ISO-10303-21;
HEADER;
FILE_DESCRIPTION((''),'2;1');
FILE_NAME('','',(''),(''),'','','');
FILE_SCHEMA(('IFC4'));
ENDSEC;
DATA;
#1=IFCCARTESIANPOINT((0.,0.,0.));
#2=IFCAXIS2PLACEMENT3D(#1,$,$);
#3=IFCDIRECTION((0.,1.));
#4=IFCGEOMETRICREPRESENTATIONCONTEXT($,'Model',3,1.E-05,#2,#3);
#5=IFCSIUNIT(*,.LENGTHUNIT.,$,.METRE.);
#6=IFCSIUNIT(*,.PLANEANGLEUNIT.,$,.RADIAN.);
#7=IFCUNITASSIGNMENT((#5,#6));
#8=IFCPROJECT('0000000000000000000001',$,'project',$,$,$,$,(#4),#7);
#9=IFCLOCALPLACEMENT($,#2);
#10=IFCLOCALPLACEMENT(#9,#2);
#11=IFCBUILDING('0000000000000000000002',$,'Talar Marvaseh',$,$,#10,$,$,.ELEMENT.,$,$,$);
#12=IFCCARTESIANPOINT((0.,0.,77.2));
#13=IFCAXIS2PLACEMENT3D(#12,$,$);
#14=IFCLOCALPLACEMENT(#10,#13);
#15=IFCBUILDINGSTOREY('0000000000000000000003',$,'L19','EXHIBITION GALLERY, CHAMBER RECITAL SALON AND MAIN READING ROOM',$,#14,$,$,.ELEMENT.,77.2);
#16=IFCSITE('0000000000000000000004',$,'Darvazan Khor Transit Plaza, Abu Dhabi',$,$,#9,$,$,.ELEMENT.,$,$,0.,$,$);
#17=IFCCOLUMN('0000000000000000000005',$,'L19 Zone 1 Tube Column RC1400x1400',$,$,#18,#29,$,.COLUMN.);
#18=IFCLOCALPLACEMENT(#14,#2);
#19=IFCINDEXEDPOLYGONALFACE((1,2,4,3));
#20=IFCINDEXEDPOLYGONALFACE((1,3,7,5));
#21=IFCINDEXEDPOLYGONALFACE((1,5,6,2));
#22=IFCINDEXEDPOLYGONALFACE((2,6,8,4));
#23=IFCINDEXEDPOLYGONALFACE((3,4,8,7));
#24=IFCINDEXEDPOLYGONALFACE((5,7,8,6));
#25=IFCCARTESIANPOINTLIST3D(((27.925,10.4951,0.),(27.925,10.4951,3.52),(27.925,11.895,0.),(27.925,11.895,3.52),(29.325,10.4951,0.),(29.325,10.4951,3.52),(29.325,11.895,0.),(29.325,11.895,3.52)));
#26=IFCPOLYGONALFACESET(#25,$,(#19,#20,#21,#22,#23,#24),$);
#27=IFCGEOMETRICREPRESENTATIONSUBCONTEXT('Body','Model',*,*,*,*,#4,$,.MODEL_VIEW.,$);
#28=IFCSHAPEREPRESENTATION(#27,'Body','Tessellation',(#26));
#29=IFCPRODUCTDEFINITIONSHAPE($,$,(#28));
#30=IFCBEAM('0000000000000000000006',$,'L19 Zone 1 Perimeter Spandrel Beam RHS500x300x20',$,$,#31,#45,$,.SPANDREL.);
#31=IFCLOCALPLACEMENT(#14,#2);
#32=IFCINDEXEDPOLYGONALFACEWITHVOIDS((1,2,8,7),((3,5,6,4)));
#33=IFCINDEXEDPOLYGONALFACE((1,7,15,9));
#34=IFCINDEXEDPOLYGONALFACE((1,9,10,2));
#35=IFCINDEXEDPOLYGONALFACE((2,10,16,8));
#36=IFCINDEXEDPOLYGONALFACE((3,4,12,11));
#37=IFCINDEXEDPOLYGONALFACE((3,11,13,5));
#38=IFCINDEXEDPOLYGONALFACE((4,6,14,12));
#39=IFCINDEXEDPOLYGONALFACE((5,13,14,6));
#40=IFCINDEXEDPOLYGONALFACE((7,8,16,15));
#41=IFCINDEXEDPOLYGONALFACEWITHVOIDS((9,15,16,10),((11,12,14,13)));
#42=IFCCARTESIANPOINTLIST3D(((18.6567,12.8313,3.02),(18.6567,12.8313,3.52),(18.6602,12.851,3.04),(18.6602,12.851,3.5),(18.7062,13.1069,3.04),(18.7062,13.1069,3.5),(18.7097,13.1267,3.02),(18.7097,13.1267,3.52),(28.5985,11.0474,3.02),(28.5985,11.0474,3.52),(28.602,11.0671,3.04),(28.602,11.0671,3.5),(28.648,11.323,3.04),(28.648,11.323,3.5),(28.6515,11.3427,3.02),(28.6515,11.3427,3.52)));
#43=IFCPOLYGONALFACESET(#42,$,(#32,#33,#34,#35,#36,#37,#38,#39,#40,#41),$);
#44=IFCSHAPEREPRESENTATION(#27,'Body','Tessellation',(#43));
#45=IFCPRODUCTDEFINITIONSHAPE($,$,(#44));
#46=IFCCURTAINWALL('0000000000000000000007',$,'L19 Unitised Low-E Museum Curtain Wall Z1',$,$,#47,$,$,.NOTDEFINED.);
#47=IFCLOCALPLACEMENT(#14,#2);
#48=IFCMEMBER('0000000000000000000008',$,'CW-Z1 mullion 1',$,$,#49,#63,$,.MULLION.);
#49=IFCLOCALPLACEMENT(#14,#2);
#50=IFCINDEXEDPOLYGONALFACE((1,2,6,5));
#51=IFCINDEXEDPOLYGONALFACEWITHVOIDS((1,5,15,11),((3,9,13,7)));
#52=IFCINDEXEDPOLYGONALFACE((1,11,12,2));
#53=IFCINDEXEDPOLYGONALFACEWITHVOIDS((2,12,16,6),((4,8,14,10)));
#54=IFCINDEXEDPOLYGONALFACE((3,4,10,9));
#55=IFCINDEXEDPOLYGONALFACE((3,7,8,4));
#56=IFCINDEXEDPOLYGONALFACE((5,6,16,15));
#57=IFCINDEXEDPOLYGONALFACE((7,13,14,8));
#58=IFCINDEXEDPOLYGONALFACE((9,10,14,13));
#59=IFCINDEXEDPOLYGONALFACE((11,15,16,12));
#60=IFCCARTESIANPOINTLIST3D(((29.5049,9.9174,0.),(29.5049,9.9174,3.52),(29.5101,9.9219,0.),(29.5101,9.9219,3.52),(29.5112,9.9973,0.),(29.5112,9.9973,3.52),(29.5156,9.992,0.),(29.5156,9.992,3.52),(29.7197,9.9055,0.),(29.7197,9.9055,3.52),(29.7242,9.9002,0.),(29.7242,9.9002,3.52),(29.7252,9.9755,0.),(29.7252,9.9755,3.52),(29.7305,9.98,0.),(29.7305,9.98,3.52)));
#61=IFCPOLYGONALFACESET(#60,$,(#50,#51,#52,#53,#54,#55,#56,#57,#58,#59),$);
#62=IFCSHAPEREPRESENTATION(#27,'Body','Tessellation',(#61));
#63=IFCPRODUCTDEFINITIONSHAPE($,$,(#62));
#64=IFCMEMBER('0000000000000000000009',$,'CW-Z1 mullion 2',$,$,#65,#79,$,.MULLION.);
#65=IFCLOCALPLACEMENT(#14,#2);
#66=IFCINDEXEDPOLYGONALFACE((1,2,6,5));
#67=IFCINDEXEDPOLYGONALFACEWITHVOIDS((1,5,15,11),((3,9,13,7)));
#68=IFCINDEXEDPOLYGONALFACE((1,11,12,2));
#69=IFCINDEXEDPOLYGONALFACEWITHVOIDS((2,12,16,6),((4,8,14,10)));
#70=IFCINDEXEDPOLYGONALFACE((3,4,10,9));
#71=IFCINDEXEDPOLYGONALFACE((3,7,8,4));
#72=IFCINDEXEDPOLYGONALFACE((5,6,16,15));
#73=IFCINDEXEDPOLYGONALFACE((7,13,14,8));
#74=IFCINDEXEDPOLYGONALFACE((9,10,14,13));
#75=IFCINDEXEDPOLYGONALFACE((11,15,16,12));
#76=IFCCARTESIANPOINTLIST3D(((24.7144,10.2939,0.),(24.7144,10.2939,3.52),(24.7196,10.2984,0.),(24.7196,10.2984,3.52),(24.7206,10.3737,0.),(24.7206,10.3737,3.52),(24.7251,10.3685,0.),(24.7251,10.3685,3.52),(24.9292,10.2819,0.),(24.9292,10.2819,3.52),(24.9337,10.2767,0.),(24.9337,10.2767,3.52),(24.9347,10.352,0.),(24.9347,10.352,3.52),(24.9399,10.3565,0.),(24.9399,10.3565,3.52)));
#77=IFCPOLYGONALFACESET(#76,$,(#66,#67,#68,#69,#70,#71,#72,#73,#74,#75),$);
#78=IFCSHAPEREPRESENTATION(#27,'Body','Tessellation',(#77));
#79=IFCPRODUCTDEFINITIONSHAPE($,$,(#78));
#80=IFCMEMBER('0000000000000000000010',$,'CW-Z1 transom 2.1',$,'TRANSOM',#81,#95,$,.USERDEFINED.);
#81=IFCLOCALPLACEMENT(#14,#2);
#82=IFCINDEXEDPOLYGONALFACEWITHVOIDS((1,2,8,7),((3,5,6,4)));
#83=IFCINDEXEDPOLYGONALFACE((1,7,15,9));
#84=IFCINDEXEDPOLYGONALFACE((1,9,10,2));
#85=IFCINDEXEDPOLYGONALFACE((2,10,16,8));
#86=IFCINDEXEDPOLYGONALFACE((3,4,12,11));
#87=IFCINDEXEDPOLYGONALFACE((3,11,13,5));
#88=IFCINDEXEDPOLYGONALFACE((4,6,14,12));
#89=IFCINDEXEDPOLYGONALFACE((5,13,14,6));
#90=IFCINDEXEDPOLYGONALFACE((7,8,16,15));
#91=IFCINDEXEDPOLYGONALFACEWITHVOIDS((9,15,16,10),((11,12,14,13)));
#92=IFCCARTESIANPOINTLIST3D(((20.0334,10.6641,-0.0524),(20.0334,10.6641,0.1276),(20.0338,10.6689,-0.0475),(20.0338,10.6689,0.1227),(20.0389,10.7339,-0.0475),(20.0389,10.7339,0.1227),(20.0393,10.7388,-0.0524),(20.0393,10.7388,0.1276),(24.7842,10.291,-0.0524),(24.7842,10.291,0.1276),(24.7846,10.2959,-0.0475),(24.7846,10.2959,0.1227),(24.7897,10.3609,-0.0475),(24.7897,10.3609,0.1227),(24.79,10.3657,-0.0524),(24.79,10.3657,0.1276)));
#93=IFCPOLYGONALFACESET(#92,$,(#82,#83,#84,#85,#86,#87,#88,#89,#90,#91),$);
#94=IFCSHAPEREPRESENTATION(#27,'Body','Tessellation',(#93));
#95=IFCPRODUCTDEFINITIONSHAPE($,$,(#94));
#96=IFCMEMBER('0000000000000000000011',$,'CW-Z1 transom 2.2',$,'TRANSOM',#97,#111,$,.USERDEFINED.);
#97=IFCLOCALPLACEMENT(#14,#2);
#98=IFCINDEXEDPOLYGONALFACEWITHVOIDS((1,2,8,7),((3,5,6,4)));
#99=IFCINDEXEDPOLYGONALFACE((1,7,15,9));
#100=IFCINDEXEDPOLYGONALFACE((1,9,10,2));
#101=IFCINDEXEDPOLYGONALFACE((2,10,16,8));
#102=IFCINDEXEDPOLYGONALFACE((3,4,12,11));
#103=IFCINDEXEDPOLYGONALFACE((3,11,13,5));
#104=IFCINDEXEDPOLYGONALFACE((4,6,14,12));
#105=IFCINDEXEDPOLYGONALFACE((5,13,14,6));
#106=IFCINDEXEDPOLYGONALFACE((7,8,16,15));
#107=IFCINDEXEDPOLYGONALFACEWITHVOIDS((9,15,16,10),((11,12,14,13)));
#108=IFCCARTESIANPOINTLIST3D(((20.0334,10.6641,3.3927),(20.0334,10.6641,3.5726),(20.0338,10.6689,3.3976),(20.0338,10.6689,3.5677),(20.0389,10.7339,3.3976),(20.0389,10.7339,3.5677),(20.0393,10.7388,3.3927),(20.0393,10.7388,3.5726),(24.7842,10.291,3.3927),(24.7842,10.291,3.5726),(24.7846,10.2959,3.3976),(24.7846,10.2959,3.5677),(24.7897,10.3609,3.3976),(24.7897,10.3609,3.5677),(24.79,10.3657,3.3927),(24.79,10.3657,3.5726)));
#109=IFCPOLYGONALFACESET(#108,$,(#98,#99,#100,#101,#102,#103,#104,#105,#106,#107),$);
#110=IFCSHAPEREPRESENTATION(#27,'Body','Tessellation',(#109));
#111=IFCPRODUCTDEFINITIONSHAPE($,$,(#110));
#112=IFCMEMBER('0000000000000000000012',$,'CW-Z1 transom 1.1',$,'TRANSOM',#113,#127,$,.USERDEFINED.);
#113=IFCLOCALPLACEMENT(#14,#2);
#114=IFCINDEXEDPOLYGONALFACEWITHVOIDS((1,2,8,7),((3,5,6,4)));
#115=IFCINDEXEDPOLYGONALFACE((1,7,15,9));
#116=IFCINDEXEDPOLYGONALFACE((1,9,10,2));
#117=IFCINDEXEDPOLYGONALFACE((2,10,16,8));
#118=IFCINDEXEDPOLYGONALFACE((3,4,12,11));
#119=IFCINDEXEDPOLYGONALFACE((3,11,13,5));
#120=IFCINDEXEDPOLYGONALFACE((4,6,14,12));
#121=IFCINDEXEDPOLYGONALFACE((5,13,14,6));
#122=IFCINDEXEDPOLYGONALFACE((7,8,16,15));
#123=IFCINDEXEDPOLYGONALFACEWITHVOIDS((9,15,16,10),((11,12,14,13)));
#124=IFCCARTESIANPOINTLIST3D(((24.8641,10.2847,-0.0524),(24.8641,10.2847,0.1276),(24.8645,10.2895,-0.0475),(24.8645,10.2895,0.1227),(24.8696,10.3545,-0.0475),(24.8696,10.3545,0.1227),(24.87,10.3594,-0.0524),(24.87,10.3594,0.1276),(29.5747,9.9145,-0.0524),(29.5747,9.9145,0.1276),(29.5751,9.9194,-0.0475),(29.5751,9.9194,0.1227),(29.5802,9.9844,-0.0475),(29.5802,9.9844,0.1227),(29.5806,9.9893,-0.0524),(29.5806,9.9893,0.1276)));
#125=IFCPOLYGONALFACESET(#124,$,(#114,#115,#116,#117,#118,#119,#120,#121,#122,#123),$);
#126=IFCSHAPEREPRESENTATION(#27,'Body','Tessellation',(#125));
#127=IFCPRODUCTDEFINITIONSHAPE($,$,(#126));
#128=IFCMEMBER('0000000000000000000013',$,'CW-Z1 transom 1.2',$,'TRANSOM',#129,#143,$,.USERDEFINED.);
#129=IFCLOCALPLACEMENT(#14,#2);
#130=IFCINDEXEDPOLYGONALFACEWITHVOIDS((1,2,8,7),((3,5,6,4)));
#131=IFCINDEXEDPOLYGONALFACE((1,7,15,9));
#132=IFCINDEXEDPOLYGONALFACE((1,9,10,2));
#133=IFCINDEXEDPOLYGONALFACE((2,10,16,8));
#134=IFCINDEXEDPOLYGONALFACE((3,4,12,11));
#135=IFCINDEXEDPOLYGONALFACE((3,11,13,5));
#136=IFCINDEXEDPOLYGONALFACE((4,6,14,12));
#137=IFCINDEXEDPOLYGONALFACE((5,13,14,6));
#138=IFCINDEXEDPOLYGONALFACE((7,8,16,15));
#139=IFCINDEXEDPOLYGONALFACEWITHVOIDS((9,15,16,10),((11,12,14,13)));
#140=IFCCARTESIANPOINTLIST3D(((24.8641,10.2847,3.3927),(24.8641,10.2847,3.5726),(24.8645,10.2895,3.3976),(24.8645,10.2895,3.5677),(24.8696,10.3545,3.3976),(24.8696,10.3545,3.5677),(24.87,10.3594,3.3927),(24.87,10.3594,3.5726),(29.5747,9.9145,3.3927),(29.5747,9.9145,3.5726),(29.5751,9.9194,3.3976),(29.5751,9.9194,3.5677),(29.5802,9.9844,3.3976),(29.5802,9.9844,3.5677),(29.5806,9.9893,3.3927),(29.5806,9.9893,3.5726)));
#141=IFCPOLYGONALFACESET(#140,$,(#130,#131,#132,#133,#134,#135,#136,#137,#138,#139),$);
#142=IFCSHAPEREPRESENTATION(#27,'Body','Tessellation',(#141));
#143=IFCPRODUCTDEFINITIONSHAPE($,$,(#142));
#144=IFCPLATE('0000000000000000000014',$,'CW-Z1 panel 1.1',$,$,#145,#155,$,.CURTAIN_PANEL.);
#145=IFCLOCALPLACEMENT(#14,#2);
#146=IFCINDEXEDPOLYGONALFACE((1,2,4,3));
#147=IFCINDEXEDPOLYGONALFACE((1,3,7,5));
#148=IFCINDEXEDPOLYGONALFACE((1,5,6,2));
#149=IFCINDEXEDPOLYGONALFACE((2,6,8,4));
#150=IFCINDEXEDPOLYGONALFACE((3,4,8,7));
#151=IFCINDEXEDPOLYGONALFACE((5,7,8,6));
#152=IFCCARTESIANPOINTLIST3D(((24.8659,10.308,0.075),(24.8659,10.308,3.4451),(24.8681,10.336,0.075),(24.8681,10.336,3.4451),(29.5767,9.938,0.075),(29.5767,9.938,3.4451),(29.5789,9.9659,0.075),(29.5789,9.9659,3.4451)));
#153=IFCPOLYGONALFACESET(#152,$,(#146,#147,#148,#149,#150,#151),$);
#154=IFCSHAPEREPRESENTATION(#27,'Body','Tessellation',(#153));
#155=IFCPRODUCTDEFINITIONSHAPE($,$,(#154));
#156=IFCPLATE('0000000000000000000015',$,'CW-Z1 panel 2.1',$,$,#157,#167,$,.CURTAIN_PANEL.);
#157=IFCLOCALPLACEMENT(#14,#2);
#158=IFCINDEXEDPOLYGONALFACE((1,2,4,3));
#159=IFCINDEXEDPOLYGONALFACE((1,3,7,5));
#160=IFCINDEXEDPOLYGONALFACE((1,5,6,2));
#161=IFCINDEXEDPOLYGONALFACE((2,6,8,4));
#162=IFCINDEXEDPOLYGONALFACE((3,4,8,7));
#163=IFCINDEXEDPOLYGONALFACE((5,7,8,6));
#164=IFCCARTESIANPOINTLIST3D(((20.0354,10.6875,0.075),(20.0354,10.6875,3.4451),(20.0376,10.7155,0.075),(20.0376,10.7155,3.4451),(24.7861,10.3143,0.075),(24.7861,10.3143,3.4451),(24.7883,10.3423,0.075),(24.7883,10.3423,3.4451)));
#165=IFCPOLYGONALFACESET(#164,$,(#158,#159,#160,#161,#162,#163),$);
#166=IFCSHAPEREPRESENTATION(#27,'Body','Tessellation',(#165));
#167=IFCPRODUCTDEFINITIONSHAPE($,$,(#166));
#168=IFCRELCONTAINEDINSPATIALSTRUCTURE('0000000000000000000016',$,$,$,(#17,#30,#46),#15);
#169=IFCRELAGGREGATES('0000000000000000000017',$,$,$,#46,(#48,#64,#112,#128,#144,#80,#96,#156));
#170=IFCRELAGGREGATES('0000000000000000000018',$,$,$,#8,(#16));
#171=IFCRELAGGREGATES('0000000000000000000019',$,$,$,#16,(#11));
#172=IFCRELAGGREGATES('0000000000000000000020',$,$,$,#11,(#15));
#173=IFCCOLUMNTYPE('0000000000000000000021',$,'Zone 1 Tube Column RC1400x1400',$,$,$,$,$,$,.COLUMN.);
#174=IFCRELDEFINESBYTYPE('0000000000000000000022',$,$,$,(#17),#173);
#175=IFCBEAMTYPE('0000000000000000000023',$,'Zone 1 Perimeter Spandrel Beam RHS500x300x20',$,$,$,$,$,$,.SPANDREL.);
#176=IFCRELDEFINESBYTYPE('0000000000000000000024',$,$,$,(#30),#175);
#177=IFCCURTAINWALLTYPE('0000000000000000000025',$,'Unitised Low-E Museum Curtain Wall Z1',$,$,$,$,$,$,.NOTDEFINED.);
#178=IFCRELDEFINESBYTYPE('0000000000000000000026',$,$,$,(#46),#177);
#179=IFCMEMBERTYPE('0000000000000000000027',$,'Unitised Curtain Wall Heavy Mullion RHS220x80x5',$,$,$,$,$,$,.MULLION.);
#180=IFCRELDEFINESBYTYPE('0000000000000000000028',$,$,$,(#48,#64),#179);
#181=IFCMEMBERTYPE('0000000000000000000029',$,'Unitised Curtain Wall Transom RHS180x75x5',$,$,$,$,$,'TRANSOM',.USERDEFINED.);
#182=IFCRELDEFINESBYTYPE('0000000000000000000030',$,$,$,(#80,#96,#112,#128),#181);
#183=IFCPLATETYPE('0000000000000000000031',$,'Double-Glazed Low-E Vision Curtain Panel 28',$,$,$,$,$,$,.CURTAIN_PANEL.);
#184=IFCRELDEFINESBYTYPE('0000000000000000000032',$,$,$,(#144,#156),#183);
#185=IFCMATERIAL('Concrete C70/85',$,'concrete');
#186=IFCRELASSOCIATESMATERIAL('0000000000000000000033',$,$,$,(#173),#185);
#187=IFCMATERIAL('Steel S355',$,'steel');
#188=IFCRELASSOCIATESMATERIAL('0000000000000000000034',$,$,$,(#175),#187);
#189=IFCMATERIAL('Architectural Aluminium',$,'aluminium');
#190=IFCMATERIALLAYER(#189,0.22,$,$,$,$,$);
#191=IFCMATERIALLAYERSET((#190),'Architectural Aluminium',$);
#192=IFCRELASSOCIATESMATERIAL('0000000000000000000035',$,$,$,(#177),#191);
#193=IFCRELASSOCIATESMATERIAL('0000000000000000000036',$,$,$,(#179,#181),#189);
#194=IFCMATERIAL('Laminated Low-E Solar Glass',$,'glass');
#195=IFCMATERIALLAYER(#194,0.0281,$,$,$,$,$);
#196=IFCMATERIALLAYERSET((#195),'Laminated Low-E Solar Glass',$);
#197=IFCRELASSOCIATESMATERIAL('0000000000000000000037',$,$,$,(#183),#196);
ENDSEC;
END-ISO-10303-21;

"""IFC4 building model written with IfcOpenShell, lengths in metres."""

from ifc_helpers import new_model, si_unit, direction, frame, origin, origin_2d, place, context, subcontext, project, spatial, rectangle, hollow_rectangle, extrude, source, transform, mapped, material, layer, layer_set, material_profile, profile_set, type_object, type_shapes, element, aggregate, save


model = new_model("IFC4")

# Units and contexts
model_context = context("Model", 3, precision=1e-05, world=origin(), true_north=direction((0.0, 1.0)))
body_context = subcontext(model_context, "Body", "Model", "MODEL_VIEW")
ifc_project = project(units=[si_unit("LENGTHUNIT", "METRE"), si_unit("PLANEANGLEUNIT", "RADIAN")], contexts=[model_context])

# Site, building, storey
site_placement = place(None, origin())
site = spatial("IfcSite", under=ifc_project, at=site_placement, Name="Darvazan Khor Transit Plaza, Abu Dhabi", CompositionType="ELEMENT", RefElevation=0.0)
building_placement = place(site_placement, origin())
building = spatial("IfcBuilding", under=site, at=building_placement, Name="Talar Marvaseh", CompositionType="ELEMENT")
storey_placement = place(building_placement, frame((0.0, 0.0, 77.2)))
storey = spatial("IfcBuildingStorey", under=building, at=storey_placement, Name="L19", Description="EXHIBITION GALLERY, CHAMBER RECITAL SALON AND MAIN READING ROOM", CompositionType="ELEMENT", Elevation=77.2)

# Column
ifc_material_1 = material(Name="Concrete C70/85", Category="concrete")
ifc_material_profile_1 = material_profile(ifc_material_1, rectangle(XDim=1.3999, YDim=1.3999, at=origin_2d()), Name="RC1400x1400")
ifc_profile_set_1 = profile_set([ifc_material_profile_1], Name="Concrete C70/85")
column_type = type_object("IfcColumnType", Name="Zone 1 Tube Column RC1400x1400", PredefinedType="COLUMN", material=ifc_profile_set_1)
column_placement = place(storey_placement, frame((28.625, 11.1951, 0.0), z_axis=(0.0, 0.0, 1.0), x_axis=(1.0, 0.0, 0.0)))
element("IfcColumn", 1, at=column_placement, inside=storey, type_object=column_type, Name="L19 Zone 1 Tube Column RC1400x1400", PredefinedType="COLUMN", context=body_context, shape_type="SweptSolid", body=[
    extrude(rectangle(XDim=1.3999, YDim=1.3999, at=origin_2d()), origin(), (0.0, 0.0, 1.0), 3.52),
])

# Beam
ifc_material_2 = material(Name="Steel S355", Category="steel")
ifc_material_profile_2 = material_profile(ifc_material_2, hollow_rectangle(XDim=0.3, YDim=0.5, WallThickness=0.02, at=origin_2d()), Name="RHS500x300x20")
ifc_profile_set_2 = profile_set([ifc_material_profile_2], Name="Steel S355")
beam_type = type_object("IfcBeamType", Name="Zone 1 Perimeter Spandrel Beam RHS500x300x20", PredefinedType="SPANDREL", material=ifc_profile_set_2)
beam_placement = place(storey_placement, frame((28.625, 11.1951, 3.27), z_axis=(-0.98428, 0.176615, 0.0), x_axis=(-0.176615, -0.98428, 0.0)))
element("IfcBeam", 2, at=beam_placement, inside=storey, type_object=beam_type, Name="L19 Zone 1 Perimeter Spandrel Beam RHS500x300x20", PredefinedType="SPANDREL", context=body_context, shape_type="SweptSolid", body=[
    extrude(hollow_rectangle(XDim=0.3, YDim=0.5, WallThickness=0.02, at=origin_2d()), origin(), (0.0, 0.0, 1.0), 10.1006),
])

# Curtain wall, members, plates
ifc_material_3 = material(Name="Architectural Aluminium", Category="aluminium")
ifc_layer_1 = layer(ifc_material_3, 0.22)
ifc_layer_set_1 = layer_set([ifc_layer_1], Name="Architectural Aluminium")
curtain_wall_type = type_object("IfcCurtainWallType", Name="Unitised Low-E Museum Curtain Wall Z1", PredefinedType="NOTDEFINED", material=ifc_layer_set_1)
curtain_wall_placement = place(storey_placement, origin())
curtain_wall = element("IfcCurtainWall", 3, at=curtain_wall_placement, inside=storey, type_object=curtain_wall_type, Name="L19 Unitised Low-E Museum Curtain Wall Z1", PredefinedType="NOTDEFINED")
ifc_material_profile_3 = material_profile(ifc_material_3, hollow_rectangle(XDim=0.0801, YDim=0.22, WallThickness=0.0049, at=origin_2d()), Name="RHS220x80x5")
ifc_profile_set_3 = profile_set([ifc_material_profile_3], Name="Architectural Aluminium")
member_type_1 = type_object("IfcMemberType", Name="Unitised Curtain Wall Heavy Mullion RHS220x80x5", PredefinedType="MULLION", material=ifc_profile_set_3)
shared_shape_1 = source(origin(), body_context, "Body", "SweptSolid", [
    extrude(hollow_rectangle(XDim=0.0801, YDim=0.22, WallThickness=0.0049, at=origin_2d()), origin(), (0.0, 0.0, 1.0), 3.52),
])
type_shapes(member_type_1, [shared_shape_1])
member_1_placement = place(storey_placement, frame((29.6177, 9.9487, 0.0), z_axis=(0.0, 0.0, 1.0), x_axis=(-0.078306, -0.996929, 0.0)))
member_1 = element("IfcMember", 4, at=member_1_placement, type_object=member_type_1, Name="CW-Z1 mullion 1", PredefinedType="MULLION", context=body_context, shape_type="MappedRepresentation", body=[
    mapped(shared_shape_1, transform((0.0, 0.0, 0.0), x_axis=(1.0, 0.0, 0.0), y_axis=(0.0, 1.0, 0.0), z_axis=(0.0, 0.0, 1.0), scale=1.0)),
])
member_2_placement = place(storey_placement, frame((24.8271, 10.3252, 0.0), z_axis=(0.0, 0.0, 1.0), x_axis=(-0.078306, -0.996929, 0.0)))
member_2 = element("IfcMember", 5, at=member_2_placement, type_object=member_type_1, Name="CW-Z1 mullion 2", PredefinedType="MULLION", context=body_context, shape_type="MappedRepresentation", body=[
    mapped(shared_shape_1, transform((0.0, 0.0, 0.0), x_axis=(1.0, 0.0, 0.0), y_axis=(0.0, 1.0, 0.0), z_axis=(0.0, 0.0, 1.0), scale=1.0)),
])
ifc_material_profile_4 = material_profile(ifc_material_3, hollow_rectangle(XDim=0.075, YDim=0.1799, WallThickness=0.0049, at=origin_2d()), Name="RHS180x75x5")
ifc_profile_set_4 = profile_set([ifc_material_profile_4], Name="Architectural Aluminium")
member_type_2 = type_object("IfcMemberType", Name="Unitised Curtain Wall Transom RHS180x75x5", ElementType="TRANSOM", PredefinedType="USERDEFINED", material=ifc_profile_set_4)
shared_shape_2 = source(origin(), body_context, "Body", "SweptSolid", [
    extrude(hollow_rectangle(XDim=0.075, YDim=0.1799, WallThickness=0.0049, at=origin_2d()), origin(), (0.0, 0.0, 1.0), 4.7654),
])
member_3_placement = place(storey_placement, frame((24.7871, 10.3284, 0.0376), z_axis=(-0.996931, 0.078283, 0.0), x_axis=(-0.078283, -0.996931, 0.0)))
member_3 = element("IfcMember", 6, at=member_3_placement, type_object=member_type_2, Name="CW-Z1 transom 2.1", ObjectType="TRANSOM", PredefinedType="USERDEFINED", context=body_context, shape_type="MappedRepresentation", body=[
    mapped(shared_shape_2, transform((0.0, 0.0, 0.0), x_axis=(1.0, 0.0, 0.0), y_axis=(0.0, 1.0, 0.0), z_axis=(0.0, 0.0, 1.0), scale=1.0)),
])
member_4_placement = place(storey_placement, frame((24.7871, 10.3284, 3.4827), z_axis=(-0.996931, 0.078283, 0.0), x_axis=(-0.078283, -0.996931, 0.0)))
member_4 = element("IfcMember", 7, at=member_4_placement, type_object=member_type_2, Name="CW-Z1 transom 2.2", ObjectType="TRANSOM", PredefinedType="USERDEFINED", context=body_context, shape_type="MappedRepresentation", body=[
    mapped(shared_shape_2, transform((0.0, 0.0, 0.0), x_axis=(1.0, 0.0, 0.0), y_axis=(0.0, 1.0, 0.0), z_axis=(0.0, 0.0, 1.0), scale=1.0)),
])
shared_shape_3 = source(origin(), body_context, "Body", "SweptSolid", [
    extrude(hollow_rectangle(XDim=0.075, YDim=0.1799, WallThickness=0.0049, at=origin_2d()), origin(), (0.0, 0.0, 1.0), 4.7251),
])
type_shapes(member_type_2, [shared_shape_2, shared_shape_3])
member_5_placement = place(storey_placement, frame((29.5776, 9.9519, 0.0376), z_axis=(-0.996928, 0.078328, 0.0), x_axis=(-0.078328, -0.996928, 0.0)))
member_5 = element("IfcMember", 8, at=member_5_placement, type_object=member_type_2, Name="CW-Z1 transom 1.1", ObjectType="TRANSOM", PredefinedType="USERDEFINED", context=body_context, shape_type="MappedRepresentation", body=[
    mapped(shared_shape_3, transform((0.0, 0.0, 0.0), x_axis=(1.0, 0.0, 0.0), y_axis=(0.0, 1.0, 0.0), z_axis=(0.0, 0.0, 1.0), scale=1.0)),
])
member_6_placement = place(storey_placement, frame((29.5776, 9.9519, 3.4827), z_axis=(-0.996928, 0.078328, 0.0), x_axis=(-0.078328, -0.996928, 0.0)))
member_6 = element("IfcMember", 9, at=member_6_placement, type_object=member_type_2, Name="CW-Z1 transom 1.2", ObjectType="TRANSOM", PredefinedType="USERDEFINED", context=body_context, shape_type="MappedRepresentation", body=[
    mapped(shared_shape_3, transform((0.0, 0.0, 0.0), x_axis=(1.0, 0.0, 0.0), y_axis=(0.0, 1.0, 0.0), z_axis=(0.0, 0.0, 1.0), scale=1.0)),
])
ifc_material_4 = material(Name="Laminated Low-E Solar Glass", Category="glass")
ifc_layer_2 = layer(ifc_material_4, 0.0281)
ifc_layer_set_2 = layer_set([ifc_layer_2], Name="Laminated Low-E Solar Glass")
plate_type = type_object("IfcPlateType", Name="Double-Glazed Low-E Vision Curtain Panel 28", PredefinedType="CURTAIN_PANEL", material=ifc_layer_set_2)
shared_shape_4 = source(origin(), body_context, "Body", "SweptSolid", [
    extrude(rectangle(XDim=4.7253, YDim=0.0281, at=origin_2d()), origin(), (0.0, 0.0, 1.0), 3.3701),
])
plate_1_placement = place(storey_placement, frame((27.2224, 10.137, 0.075), z_axis=(0.0, 0.0, 1.0), x_axis=(-0.996929, 0.078306, 0.0)))
plate_1 = element("IfcPlate", 10, at=plate_1_placement, type_object=plate_type, Name="CW-Z1 panel 1.1", PredefinedType="CURTAIN_PANEL", context=body_context, shape_type="MappedRepresentation", body=[
    mapped(shared_shape_4, transform((0.0, 0.0, 0.0), x_axis=(1.0, 0.0, 0.0), y_axis=(0.0, 1.0, 0.0), z_axis=(0.0, 0.0, 1.0), scale=1.0)),
])
shared_shape_5 = source(origin(), body_context, "Body", "SweptSolid", [
    extrude(rectangle(XDim=4.7654, YDim=0.0281, at=origin_2d()), origin(), (0.0, 0.0, 1.0), 3.3701),
])
type_shapes(plate_type, [shared_shape_4, shared_shape_5])
plate_2_placement = place(storey_placement, frame((22.4119, 10.5149, 0.075), z_axis=(0.0, 0.0, 1.0), x_axis=(-0.996929, 0.078306, 0.0)))
plate_2 = element("IfcPlate", 11, at=plate_2_placement, type_object=plate_type, Name="CW-Z1 panel 2.1", PredefinedType="CURTAIN_PANEL", context=body_context, shape_type="MappedRepresentation", body=[
    mapped(shared_shape_5, transform((0.0, 0.0, 0.0), x_axis=(1.0, 0.0, 0.0), y_axis=(0.0, 1.0, 0.0), z_axis=(0.0, 0.0, 1.0), scale=1.0)),
])
aggregate(curtain_wall, [member_1, member_2, member_5, member_6, plate_1, member_3, member_4, plate_2])

save(model, "model.ifc")
